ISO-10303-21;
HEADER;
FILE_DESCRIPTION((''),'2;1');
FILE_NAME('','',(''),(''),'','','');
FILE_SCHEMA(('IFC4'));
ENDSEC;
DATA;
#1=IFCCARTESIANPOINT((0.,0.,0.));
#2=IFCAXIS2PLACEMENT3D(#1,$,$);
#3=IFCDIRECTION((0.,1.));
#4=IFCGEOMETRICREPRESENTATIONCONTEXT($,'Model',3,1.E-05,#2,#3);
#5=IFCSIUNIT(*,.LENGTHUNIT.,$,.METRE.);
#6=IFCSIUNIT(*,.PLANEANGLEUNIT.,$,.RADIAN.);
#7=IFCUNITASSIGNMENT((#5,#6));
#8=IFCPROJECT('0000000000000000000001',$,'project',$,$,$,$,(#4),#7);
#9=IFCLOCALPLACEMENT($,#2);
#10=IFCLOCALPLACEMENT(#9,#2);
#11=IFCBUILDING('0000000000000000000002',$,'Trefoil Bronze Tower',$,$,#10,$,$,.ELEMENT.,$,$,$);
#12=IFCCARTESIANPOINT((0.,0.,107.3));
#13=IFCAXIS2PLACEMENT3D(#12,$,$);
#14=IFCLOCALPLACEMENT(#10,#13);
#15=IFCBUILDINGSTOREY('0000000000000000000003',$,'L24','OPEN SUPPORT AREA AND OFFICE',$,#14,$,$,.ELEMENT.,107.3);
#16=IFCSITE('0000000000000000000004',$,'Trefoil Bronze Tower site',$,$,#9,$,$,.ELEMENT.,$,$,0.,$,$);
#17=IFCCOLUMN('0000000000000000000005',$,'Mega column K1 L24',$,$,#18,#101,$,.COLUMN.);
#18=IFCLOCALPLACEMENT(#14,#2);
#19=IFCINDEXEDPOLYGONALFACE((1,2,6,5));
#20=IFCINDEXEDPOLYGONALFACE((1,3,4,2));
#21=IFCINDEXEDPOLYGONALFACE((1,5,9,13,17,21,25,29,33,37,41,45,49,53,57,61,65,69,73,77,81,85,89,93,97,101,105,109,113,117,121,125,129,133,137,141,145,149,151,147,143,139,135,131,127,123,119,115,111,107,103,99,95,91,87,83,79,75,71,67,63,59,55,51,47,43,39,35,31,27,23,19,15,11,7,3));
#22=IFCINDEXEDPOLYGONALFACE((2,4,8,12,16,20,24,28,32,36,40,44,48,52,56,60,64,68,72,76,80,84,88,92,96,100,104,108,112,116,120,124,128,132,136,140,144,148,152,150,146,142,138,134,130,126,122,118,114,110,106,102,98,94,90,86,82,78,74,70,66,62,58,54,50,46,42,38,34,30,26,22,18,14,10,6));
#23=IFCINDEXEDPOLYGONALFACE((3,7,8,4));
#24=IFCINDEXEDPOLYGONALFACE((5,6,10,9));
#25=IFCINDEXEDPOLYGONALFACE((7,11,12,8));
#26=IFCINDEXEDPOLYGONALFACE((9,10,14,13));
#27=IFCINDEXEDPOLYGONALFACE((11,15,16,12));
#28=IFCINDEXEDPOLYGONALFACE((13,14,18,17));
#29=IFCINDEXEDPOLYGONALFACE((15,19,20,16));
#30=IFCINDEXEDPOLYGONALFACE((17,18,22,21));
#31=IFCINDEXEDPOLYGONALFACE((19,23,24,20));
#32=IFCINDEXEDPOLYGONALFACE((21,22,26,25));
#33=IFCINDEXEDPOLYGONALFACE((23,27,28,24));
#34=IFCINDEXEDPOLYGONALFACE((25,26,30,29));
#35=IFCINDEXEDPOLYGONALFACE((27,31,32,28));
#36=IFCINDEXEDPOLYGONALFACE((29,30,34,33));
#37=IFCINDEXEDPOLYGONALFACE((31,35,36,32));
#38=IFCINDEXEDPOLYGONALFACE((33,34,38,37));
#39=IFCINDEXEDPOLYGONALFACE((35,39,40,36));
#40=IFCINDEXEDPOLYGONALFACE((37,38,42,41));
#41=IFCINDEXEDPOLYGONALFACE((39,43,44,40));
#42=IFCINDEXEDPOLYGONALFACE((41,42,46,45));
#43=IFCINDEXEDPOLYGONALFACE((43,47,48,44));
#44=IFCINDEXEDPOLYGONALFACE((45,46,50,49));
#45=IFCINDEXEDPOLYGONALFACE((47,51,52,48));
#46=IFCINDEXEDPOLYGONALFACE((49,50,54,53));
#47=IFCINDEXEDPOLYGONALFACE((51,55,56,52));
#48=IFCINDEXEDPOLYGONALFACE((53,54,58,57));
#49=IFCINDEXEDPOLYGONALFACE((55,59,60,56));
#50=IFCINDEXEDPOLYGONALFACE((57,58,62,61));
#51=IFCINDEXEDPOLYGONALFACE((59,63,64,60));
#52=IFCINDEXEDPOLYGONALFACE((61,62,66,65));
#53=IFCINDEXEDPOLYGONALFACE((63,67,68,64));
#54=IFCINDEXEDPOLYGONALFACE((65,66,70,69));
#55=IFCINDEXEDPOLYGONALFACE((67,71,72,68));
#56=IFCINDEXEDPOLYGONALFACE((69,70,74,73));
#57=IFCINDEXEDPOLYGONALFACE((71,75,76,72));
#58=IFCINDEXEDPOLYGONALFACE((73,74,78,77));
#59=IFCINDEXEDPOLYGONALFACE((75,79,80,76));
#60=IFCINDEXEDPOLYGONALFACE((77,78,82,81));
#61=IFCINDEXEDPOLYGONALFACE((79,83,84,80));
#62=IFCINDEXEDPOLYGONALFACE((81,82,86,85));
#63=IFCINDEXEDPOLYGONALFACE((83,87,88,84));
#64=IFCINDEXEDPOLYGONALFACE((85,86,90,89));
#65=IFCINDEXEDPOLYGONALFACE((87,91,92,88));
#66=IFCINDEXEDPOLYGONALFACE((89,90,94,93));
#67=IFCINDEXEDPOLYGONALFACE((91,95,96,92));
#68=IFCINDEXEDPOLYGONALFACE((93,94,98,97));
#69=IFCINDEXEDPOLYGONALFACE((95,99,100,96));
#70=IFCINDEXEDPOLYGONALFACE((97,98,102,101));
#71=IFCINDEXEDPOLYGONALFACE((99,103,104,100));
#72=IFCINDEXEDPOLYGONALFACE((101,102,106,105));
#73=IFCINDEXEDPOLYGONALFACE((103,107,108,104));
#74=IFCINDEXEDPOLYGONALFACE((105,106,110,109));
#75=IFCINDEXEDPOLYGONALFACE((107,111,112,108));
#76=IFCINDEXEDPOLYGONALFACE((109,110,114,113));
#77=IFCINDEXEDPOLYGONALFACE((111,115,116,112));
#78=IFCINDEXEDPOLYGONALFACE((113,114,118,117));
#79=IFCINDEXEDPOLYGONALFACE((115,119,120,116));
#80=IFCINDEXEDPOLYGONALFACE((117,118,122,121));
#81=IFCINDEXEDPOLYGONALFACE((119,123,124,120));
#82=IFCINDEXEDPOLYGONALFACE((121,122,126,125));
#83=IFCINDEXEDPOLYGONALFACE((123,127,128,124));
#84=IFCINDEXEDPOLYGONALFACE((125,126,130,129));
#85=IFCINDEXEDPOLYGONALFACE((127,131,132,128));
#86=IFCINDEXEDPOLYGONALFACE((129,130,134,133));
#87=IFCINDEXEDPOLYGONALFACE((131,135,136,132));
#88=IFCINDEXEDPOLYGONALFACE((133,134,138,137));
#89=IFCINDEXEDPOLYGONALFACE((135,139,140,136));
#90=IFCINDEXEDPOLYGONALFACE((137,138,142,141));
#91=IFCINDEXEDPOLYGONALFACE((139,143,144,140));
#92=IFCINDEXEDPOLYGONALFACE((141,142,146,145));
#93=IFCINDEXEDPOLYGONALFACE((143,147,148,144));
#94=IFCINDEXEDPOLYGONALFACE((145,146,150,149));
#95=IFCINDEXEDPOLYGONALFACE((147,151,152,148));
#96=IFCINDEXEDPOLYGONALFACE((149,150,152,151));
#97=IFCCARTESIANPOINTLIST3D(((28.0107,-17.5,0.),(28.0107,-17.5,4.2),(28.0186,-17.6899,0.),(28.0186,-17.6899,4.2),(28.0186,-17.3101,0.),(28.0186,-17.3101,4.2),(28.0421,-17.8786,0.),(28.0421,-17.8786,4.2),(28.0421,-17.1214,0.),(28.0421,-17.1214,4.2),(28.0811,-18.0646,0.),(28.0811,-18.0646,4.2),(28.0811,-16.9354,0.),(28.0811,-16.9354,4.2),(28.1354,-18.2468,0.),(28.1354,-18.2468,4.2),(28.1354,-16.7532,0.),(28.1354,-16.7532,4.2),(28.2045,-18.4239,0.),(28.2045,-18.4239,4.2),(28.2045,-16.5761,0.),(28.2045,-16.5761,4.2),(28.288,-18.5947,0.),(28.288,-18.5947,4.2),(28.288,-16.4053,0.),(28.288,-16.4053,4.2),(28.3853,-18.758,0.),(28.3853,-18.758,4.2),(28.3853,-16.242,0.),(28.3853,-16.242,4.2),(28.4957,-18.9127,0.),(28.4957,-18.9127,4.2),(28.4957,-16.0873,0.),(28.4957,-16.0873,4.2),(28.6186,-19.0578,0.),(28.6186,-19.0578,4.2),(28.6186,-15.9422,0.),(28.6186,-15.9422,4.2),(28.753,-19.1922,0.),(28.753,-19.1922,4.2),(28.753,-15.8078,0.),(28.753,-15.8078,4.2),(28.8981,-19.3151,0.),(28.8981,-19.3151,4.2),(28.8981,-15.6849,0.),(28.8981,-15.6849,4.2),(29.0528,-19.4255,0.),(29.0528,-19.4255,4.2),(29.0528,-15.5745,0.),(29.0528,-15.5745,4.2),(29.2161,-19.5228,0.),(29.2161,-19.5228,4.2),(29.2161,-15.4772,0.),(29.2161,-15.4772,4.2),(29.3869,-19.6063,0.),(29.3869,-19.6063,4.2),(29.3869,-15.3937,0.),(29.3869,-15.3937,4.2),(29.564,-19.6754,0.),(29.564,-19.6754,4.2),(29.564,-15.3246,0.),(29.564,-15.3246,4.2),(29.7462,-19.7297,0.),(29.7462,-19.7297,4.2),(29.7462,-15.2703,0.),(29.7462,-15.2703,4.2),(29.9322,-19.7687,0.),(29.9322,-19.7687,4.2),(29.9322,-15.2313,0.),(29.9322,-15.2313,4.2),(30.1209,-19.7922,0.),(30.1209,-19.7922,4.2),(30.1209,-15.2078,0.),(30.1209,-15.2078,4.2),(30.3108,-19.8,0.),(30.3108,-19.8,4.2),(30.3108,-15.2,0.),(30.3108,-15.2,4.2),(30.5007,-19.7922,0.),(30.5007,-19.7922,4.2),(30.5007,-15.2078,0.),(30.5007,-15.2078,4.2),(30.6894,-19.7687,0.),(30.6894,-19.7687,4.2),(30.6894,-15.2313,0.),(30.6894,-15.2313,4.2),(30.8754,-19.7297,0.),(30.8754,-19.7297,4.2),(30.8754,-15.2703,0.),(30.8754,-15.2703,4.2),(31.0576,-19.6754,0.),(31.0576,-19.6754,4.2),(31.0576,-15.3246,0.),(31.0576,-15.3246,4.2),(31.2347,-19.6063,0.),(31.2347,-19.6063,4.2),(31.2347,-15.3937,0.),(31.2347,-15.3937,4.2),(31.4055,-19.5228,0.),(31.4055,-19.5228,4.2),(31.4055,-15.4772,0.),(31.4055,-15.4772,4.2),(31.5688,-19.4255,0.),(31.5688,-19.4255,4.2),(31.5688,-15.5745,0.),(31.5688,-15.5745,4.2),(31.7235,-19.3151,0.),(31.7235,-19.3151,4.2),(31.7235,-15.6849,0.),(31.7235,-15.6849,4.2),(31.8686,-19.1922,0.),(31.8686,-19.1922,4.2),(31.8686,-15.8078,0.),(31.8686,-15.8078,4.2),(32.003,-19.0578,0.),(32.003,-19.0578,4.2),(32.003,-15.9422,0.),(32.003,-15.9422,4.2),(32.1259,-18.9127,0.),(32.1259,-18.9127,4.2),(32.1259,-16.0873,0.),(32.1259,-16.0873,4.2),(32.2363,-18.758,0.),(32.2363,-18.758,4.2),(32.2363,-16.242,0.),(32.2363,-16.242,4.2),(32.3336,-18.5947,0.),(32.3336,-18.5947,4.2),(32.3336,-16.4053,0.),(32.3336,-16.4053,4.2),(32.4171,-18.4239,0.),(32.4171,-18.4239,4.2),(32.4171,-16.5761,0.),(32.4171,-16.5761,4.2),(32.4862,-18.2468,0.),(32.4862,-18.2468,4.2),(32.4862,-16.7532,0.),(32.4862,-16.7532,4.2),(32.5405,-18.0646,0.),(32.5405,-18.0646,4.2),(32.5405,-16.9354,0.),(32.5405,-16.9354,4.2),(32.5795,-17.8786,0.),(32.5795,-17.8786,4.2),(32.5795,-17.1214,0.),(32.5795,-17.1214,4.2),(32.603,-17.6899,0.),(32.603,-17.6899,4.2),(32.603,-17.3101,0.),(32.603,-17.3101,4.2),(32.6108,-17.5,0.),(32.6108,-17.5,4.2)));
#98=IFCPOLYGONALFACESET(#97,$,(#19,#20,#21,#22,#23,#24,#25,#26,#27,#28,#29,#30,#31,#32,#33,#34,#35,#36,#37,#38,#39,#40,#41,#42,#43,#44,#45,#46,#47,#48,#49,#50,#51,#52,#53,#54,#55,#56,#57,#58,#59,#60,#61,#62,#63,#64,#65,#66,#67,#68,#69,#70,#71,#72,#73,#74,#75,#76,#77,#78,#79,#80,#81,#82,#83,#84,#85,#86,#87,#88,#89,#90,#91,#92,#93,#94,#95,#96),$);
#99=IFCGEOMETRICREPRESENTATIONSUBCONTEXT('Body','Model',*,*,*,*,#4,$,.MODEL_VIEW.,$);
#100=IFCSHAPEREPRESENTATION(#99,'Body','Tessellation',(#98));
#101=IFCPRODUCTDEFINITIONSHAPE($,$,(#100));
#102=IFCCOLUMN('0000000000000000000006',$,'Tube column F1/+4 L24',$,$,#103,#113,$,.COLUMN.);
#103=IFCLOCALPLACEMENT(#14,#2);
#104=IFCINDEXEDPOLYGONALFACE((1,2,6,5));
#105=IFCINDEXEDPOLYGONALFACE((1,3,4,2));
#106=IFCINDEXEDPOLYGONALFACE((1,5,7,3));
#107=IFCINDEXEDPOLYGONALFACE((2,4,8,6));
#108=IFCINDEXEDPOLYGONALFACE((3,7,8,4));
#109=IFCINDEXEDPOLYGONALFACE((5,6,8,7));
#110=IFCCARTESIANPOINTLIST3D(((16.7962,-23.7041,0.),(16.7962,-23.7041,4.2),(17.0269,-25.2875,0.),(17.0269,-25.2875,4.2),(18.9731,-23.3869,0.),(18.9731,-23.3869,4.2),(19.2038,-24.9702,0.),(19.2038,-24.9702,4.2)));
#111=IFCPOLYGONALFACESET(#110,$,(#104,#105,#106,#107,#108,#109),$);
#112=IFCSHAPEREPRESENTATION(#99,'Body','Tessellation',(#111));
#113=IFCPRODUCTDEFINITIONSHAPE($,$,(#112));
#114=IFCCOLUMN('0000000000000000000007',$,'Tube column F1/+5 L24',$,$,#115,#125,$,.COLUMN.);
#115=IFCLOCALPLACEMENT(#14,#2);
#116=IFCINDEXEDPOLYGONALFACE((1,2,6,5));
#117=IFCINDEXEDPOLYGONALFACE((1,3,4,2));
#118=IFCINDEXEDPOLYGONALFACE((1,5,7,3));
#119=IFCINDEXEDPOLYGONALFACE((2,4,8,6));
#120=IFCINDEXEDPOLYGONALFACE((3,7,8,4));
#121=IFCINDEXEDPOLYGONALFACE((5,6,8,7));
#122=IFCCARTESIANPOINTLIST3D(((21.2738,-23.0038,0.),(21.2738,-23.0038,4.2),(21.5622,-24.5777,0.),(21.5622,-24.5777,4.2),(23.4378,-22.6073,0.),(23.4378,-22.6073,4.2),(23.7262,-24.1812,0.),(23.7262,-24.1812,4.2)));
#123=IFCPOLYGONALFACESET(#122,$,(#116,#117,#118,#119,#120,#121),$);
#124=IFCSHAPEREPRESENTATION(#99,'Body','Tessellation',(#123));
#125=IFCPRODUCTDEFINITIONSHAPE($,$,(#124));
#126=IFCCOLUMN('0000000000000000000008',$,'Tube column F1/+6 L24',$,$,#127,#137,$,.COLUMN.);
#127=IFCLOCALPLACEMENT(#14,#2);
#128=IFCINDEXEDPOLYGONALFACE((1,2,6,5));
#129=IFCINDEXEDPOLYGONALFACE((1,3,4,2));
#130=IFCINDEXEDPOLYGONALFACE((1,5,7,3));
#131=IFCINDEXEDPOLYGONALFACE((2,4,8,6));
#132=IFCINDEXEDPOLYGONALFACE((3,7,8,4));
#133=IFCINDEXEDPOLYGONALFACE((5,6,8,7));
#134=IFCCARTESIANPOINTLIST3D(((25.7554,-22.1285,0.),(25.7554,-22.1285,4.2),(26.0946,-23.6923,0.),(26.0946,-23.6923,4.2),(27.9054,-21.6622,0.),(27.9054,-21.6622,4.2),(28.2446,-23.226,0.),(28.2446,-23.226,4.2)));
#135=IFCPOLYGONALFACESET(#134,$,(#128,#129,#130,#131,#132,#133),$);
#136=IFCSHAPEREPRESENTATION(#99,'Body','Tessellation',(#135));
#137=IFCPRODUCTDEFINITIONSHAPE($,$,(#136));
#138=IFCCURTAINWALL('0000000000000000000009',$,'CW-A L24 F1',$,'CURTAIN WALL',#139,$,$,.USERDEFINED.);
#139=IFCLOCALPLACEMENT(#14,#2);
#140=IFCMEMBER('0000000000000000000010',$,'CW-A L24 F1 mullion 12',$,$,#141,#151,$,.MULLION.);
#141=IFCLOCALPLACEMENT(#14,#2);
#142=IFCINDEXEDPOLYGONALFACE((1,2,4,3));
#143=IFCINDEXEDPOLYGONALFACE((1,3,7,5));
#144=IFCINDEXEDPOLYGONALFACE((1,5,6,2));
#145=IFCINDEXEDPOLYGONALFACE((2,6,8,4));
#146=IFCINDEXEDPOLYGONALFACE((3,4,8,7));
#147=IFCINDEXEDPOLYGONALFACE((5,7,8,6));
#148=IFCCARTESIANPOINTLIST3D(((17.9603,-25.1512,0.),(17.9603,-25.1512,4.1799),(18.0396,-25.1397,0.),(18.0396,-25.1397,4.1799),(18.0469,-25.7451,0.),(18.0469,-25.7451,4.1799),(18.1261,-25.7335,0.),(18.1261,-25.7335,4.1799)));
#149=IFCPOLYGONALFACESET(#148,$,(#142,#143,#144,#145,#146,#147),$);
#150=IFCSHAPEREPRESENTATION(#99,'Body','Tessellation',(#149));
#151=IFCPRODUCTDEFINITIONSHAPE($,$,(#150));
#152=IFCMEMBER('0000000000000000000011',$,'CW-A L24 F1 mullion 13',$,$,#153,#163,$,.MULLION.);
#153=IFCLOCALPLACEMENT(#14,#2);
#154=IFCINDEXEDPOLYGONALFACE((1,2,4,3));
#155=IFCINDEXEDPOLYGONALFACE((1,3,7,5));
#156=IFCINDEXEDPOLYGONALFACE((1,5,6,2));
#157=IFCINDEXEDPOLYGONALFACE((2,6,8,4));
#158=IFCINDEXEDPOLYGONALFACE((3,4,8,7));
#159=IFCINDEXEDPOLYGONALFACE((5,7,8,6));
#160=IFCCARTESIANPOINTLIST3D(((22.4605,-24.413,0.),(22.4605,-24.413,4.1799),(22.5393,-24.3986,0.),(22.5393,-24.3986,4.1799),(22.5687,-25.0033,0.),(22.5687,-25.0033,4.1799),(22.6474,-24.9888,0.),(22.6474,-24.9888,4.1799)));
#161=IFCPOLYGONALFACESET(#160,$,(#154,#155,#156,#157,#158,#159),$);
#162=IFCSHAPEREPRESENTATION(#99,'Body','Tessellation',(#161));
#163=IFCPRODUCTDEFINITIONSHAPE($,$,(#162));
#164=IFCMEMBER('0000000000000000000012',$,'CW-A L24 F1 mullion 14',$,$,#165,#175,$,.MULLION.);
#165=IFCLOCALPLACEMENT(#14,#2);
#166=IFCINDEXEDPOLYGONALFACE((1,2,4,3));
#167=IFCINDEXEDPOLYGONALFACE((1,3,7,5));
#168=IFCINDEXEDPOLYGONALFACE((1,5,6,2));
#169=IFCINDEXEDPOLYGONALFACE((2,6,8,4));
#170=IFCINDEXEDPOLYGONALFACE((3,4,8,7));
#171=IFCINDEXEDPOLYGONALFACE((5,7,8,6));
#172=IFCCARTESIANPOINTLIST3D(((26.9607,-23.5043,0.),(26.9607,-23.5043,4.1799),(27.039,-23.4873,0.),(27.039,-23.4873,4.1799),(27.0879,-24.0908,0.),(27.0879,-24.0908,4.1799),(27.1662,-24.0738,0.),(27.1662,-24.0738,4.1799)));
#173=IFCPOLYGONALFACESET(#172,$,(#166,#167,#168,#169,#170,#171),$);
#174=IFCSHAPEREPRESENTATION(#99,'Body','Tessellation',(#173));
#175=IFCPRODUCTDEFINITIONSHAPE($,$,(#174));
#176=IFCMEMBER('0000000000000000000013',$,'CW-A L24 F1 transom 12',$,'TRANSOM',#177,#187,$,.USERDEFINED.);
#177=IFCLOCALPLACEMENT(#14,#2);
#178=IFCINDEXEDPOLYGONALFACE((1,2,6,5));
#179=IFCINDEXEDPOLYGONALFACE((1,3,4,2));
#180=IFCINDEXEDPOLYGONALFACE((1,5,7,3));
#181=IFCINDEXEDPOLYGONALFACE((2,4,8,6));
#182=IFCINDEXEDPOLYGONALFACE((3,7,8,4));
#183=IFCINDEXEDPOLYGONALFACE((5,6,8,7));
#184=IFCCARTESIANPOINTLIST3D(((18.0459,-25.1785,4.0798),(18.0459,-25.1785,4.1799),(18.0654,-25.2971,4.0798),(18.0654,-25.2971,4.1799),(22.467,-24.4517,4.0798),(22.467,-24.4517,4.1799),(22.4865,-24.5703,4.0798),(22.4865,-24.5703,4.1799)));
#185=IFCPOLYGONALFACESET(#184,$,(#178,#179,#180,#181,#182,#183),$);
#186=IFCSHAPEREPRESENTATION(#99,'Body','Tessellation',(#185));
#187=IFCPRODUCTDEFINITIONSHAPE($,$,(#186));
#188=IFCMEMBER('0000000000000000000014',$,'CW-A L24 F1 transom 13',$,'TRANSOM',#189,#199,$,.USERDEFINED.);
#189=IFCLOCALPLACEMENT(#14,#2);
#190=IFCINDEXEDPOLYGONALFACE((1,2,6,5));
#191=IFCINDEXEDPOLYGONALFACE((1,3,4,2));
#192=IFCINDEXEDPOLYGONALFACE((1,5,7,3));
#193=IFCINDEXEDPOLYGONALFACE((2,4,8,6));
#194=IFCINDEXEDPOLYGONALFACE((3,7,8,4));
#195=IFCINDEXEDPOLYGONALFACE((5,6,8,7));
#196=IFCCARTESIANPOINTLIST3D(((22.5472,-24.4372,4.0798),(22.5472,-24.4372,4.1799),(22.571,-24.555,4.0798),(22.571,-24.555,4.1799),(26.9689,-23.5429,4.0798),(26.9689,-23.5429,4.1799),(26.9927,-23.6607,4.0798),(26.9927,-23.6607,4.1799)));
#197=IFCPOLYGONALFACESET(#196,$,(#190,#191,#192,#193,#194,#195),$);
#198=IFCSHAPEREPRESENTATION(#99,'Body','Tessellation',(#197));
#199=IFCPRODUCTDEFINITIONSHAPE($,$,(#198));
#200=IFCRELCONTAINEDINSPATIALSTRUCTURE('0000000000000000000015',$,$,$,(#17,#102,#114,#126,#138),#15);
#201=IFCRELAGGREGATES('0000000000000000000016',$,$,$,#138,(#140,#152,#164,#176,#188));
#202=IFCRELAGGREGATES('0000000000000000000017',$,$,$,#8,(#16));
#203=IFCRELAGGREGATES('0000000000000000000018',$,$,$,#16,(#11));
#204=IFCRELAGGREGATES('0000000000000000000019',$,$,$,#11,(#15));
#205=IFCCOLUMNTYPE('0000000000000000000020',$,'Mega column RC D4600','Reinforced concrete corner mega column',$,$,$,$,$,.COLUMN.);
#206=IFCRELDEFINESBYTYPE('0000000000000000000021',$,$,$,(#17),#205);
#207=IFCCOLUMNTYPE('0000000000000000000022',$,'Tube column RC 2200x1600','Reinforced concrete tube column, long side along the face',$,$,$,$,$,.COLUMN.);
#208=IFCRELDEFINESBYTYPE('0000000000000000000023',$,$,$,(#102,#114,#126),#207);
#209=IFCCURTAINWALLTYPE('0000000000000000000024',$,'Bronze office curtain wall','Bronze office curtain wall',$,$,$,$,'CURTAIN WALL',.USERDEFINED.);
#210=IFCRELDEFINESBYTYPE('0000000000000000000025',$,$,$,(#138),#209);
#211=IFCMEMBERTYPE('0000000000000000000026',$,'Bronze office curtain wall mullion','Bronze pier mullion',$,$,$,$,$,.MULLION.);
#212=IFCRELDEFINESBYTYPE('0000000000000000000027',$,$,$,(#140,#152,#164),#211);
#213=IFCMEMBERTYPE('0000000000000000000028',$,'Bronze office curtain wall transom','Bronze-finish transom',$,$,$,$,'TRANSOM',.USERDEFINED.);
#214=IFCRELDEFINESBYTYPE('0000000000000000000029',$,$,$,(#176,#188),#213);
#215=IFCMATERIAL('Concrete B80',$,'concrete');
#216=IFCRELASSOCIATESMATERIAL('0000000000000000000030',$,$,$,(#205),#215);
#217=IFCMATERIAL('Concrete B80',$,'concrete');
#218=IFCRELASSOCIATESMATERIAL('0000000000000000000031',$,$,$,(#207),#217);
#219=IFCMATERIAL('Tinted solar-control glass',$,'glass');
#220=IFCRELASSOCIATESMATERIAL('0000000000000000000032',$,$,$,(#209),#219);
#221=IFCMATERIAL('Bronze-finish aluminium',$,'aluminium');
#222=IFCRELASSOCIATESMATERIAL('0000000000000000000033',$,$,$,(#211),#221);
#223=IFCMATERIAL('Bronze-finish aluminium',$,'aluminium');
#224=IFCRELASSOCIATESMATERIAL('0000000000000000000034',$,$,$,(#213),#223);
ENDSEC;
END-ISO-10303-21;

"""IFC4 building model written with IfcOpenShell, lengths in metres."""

from ifc_helpers import new_model, si_unit, direction, frame, origin, origin_2d, place, context, subcontext, project, spatial, rectangle, circle, extrude, material, material_profile, profile_set, type_object, element, aggregate, save


model = new_model("IFC4")

# Units and contexts
model_context = context("Model", 3, precision=1e-05, world=origin(), true_north=direction((0.0, 1.0)))
body_context = subcontext(model_context, "Body", "Model", "MODEL_VIEW")
ifc_project = project(units=[si_unit("LENGTHUNIT", "METRE"), si_unit("PLANEANGLEUNIT", "RADIAN")], contexts=[model_context])

# Site, building, storey
site_placement = place(None, origin())
site = spatial("IfcSite", under=ifc_project, at=site_placement, Name="Trefoil Bronze Tower site", CompositionType="ELEMENT", RefElevation=0.0)
building_placement = place(site_placement, origin())
building = spatial("IfcBuilding", under=site, at=building_placement, Name="Trefoil Bronze Tower", CompositionType="ELEMENT")
storey_placement = place(building_placement, frame((0.0, 0.0, 107.3)))
storey = spatial("IfcBuildingStorey", under=building, at=storey_placement, Name="L24", Description="OPEN SUPPORT AREA AND OFFICE", CompositionType="ELEMENT", Elevation=107.3)

# Columns
ifc_material_1 = material(Name="Concrete B80", Category="concrete")
ifc_material_profile_1 = material_profile(ifc_material_1, circle(Radius=2.3, at=origin_2d()), Name="RC D4600")
ifc_profile_set_1 = profile_set([ifc_material_profile_1], Name="Concrete B80")
column_type_1 = type_object("IfcColumnType", Name="Mega column RC D4600", Description="Reinforced concrete corner mega column", PredefinedType="COLUMN", material=ifc_profile_set_1)
column_placement = place(storey_placement, frame((30.3108, -17.5, 0.0), z_axis=(0.0, 0.0, 1.0), x_axis=(1.0, 0.0, 0.0)))
element("IfcColumn", 1, at=column_placement, inside=storey, type_object=column_type_1, Name="Mega column K1 L24", PredefinedType="COLUMN", context=body_context, shape_type="SweptSolid", body=[
    extrude(circle(Radius=2.3, at=origin_2d()), origin(), (0.0, 0.0, 1.0), 4.2),
])
ifc_material_2 = material(Name="Concrete B80", Category="concrete")
ifc_material_profile_2 = material_profile(ifc_material_2, rectangle(XDim=2.2, YDim=1.6001, at=origin_2d()), Name="RC 2200x1600")
ifc_profile_set_2 = profile_set([ifc_material_profile_2], Name="Concrete B80")
column_type_2 = type_object("IfcColumnType", Name="Tube column RC 2200x1600", Description="Reinforced concrete tube column, long side along the face", PredefinedType="COLUMN", material=ifc_profile_set_2)
for number, where, z_axis, x_axis, name in (
    (2, (18.0, -24.3372, 0.0), (0.0, 0.0, 1.0), (0.98955, 0.144192, 0.0), "Tube column F1/+4 L24"),
    (3, (22.5, -23.5925, 0.0), (0.0, 0.0, 1.0), (0.983623, 0.180241, 0.0), "Tube column F1/+5 L24"),
    (4, (27.0, -22.6772, 0.0), (0.0, 0.0, 1.0), (0.977276, 0.21197, 0.0), "Tube column F1/+6 L24"),
):
    element("IfcColumn", number, at=place(storey_placement, frame(where, z_axis=z_axis, x_axis=x_axis)), inside=storey, type_object=column_type_2, Name=name, PredefinedType="COLUMN", context=body_context, shape_type="SweptSolid", body=[
        extrude(rectangle(XDim=2.2, YDim=1.6001, at=origin_2d()), origin(), (0.0, 0.0, 1.0), 4.2),
    ])

# Curtain wall, members
ifc_material_3 = material(Name="Tinted solar-control glass", Category="glass")
curtain_wall_type_1 = type_object("IfcCurtainWallType", Name="Bronze office curtain wall", Description="Bronze office curtain wall", ElementType="CURTAIN WALL", PredefinedType="USERDEFINED", material=ifc_material_3)
curtain_wall_1_placement = place(storey_placement, origin())
curtain_wall_1 = element("IfcCurtainWall", 5, at=curtain_wall_1_placement, inside=storey, type_object=curtain_wall_type_1, Name="CW-A L24 F1", ObjectType="CURTAIN WALL", PredefinedType="USERDEFINED")
ifc_material_4 = material(Name="Bronze-finish aluminium", Category="aluminium")
ifc_material_profile_3 = material_profile(ifc_material_4, rectangle(XDim=0.6001, YDim=0.0801, at=origin_2d()), Name="CW-A mullion")
ifc_profile_set_3 = profile_set([ifc_material_profile_3], Name="Bronze-finish aluminium")
member_type_1 = type_object("IfcMemberType", Name="Bronze office curtain wall mullion", Description="Bronze pier mullion", PredefinedType="MULLION", material=ifc_profile_set_3)
member_1_placement = place(storey_placement, frame((18.0432, -25.4424, 0.0), z_axis=(0.0, 0.0, 1.0), x_axis=(-0.144192, 0.98955, 0.0)))
member_1 = element("IfcMember", 6, at=member_1_placement, type_object=member_type_1, Name="CW-A L24 F1 mullion 12", PredefinedType="MULLION", context=body_context, shape_type="SweptSolid", body=[
    extrude(rectangle(XDim=0.6001, YDim=0.0801, at=origin_2d()), origin(), (0.0, 0.0, 1.0), 4.1799),
])
member_2_placement = place(storey_placement, frame((22.554, -24.7009, 0.0), z_axis=(0.0, 0.0, 1.0), x_axis=(-0.180241, 0.983623, 0.0)))
member_2 = element("IfcMember", 7, at=member_2_placement, type_object=member_type_1, Name="CW-A L24 F1 mullion 13", PredefinedType="MULLION", context=body_context, shape_type="SweptSolid", body=[
    extrude(rectangle(XDim=0.6001, YDim=0.0801, at=origin_2d()), origin(), (0.0, 0.0, 1.0), 4.1799),
])
member_3_placement = place(storey_placement, frame((27.0635, -23.7891, 0.0), z_axis=(0.0, 0.0, 1.0), x_axis=(-0.21197, 0.977276, 0.0)))
member_3 = element("IfcMember", 8, at=member_3_placement, type_object=member_type_1, Name="CW-A L24 F1 mullion 14", PredefinedType="MULLION", context=body_context, shape_type="SweptSolid", body=[
    extrude(rectangle(XDim=0.6001, YDim=0.0801, at=origin_2d()), origin(), (0.0, 0.0, 1.0), 4.1799),
])
ifc_material_5 = material(Name="Bronze-finish aluminium", Category="aluminium")
ifc_material_profile_4 = material_profile(ifc_material_5, rectangle(XDim=0.1201, YDim=0.1001, at=origin_2d()), Name="CW-A transom")
ifc_profile_set_4 = profile_set([ifc_material_profile_4], Name="Bronze-finish aluminium")
member_type_2 = type_object("IfcMemberType", Name="Bronze office curtain wall transom", Description="Bronze-finish transom", ElementType="TRANSOM", PredefinedType="USERDEFINED", material=ifc_profile_set_4)
member_4_placement = place(storey_placement, frame((18.0557, -25.2378, 4.1299), z_axis=(0.986755, 0.162216, 0.0), x_axis=(-0.162216, 0.986755, 0.0)))
member_4 = element("IfcMember", 9, at=member_4_placement, type_object=member_type_2, Name="CW-A L24 F1 transom 12", ObjectType="TRANSOM", PredefinedType="USERDEFINED", context=body_context, shape_type="SweptSolid", body=[
    extrude(rectangle(XDim=0.1201, YDim=0.1001, at=origin_2d()), origin(), (0.0, 0.0, 1.0), 4.4805),
])
member_5_placement = place(storey_placement, frame((22.5591, -24.4961, 4.1299), z_axis=(0.980154, 0.198239, 0.0), x_axis=(-0.198239, 0.980154, 0.0)))
member_5 = element("IfcMember", 10, at=member_5_placement, type_object=member_type_2, Name="CW-A L24 F1 transom 13", ObjectType="TRANSOM", PredefinedType="USERDEFINED", context=body_context, shape_type="SweptSolid", body=[
    extrude(rectangle(XDim=0.1201, YDim=0.1001, at=origin_2d()), origin(), (0.0, 0.0, 1.0), 4.5112),
])

aggregate(curtain_wall_1, [member_1, member_2, member_3, member_4, member_5])

save(model, "model.ifc")
